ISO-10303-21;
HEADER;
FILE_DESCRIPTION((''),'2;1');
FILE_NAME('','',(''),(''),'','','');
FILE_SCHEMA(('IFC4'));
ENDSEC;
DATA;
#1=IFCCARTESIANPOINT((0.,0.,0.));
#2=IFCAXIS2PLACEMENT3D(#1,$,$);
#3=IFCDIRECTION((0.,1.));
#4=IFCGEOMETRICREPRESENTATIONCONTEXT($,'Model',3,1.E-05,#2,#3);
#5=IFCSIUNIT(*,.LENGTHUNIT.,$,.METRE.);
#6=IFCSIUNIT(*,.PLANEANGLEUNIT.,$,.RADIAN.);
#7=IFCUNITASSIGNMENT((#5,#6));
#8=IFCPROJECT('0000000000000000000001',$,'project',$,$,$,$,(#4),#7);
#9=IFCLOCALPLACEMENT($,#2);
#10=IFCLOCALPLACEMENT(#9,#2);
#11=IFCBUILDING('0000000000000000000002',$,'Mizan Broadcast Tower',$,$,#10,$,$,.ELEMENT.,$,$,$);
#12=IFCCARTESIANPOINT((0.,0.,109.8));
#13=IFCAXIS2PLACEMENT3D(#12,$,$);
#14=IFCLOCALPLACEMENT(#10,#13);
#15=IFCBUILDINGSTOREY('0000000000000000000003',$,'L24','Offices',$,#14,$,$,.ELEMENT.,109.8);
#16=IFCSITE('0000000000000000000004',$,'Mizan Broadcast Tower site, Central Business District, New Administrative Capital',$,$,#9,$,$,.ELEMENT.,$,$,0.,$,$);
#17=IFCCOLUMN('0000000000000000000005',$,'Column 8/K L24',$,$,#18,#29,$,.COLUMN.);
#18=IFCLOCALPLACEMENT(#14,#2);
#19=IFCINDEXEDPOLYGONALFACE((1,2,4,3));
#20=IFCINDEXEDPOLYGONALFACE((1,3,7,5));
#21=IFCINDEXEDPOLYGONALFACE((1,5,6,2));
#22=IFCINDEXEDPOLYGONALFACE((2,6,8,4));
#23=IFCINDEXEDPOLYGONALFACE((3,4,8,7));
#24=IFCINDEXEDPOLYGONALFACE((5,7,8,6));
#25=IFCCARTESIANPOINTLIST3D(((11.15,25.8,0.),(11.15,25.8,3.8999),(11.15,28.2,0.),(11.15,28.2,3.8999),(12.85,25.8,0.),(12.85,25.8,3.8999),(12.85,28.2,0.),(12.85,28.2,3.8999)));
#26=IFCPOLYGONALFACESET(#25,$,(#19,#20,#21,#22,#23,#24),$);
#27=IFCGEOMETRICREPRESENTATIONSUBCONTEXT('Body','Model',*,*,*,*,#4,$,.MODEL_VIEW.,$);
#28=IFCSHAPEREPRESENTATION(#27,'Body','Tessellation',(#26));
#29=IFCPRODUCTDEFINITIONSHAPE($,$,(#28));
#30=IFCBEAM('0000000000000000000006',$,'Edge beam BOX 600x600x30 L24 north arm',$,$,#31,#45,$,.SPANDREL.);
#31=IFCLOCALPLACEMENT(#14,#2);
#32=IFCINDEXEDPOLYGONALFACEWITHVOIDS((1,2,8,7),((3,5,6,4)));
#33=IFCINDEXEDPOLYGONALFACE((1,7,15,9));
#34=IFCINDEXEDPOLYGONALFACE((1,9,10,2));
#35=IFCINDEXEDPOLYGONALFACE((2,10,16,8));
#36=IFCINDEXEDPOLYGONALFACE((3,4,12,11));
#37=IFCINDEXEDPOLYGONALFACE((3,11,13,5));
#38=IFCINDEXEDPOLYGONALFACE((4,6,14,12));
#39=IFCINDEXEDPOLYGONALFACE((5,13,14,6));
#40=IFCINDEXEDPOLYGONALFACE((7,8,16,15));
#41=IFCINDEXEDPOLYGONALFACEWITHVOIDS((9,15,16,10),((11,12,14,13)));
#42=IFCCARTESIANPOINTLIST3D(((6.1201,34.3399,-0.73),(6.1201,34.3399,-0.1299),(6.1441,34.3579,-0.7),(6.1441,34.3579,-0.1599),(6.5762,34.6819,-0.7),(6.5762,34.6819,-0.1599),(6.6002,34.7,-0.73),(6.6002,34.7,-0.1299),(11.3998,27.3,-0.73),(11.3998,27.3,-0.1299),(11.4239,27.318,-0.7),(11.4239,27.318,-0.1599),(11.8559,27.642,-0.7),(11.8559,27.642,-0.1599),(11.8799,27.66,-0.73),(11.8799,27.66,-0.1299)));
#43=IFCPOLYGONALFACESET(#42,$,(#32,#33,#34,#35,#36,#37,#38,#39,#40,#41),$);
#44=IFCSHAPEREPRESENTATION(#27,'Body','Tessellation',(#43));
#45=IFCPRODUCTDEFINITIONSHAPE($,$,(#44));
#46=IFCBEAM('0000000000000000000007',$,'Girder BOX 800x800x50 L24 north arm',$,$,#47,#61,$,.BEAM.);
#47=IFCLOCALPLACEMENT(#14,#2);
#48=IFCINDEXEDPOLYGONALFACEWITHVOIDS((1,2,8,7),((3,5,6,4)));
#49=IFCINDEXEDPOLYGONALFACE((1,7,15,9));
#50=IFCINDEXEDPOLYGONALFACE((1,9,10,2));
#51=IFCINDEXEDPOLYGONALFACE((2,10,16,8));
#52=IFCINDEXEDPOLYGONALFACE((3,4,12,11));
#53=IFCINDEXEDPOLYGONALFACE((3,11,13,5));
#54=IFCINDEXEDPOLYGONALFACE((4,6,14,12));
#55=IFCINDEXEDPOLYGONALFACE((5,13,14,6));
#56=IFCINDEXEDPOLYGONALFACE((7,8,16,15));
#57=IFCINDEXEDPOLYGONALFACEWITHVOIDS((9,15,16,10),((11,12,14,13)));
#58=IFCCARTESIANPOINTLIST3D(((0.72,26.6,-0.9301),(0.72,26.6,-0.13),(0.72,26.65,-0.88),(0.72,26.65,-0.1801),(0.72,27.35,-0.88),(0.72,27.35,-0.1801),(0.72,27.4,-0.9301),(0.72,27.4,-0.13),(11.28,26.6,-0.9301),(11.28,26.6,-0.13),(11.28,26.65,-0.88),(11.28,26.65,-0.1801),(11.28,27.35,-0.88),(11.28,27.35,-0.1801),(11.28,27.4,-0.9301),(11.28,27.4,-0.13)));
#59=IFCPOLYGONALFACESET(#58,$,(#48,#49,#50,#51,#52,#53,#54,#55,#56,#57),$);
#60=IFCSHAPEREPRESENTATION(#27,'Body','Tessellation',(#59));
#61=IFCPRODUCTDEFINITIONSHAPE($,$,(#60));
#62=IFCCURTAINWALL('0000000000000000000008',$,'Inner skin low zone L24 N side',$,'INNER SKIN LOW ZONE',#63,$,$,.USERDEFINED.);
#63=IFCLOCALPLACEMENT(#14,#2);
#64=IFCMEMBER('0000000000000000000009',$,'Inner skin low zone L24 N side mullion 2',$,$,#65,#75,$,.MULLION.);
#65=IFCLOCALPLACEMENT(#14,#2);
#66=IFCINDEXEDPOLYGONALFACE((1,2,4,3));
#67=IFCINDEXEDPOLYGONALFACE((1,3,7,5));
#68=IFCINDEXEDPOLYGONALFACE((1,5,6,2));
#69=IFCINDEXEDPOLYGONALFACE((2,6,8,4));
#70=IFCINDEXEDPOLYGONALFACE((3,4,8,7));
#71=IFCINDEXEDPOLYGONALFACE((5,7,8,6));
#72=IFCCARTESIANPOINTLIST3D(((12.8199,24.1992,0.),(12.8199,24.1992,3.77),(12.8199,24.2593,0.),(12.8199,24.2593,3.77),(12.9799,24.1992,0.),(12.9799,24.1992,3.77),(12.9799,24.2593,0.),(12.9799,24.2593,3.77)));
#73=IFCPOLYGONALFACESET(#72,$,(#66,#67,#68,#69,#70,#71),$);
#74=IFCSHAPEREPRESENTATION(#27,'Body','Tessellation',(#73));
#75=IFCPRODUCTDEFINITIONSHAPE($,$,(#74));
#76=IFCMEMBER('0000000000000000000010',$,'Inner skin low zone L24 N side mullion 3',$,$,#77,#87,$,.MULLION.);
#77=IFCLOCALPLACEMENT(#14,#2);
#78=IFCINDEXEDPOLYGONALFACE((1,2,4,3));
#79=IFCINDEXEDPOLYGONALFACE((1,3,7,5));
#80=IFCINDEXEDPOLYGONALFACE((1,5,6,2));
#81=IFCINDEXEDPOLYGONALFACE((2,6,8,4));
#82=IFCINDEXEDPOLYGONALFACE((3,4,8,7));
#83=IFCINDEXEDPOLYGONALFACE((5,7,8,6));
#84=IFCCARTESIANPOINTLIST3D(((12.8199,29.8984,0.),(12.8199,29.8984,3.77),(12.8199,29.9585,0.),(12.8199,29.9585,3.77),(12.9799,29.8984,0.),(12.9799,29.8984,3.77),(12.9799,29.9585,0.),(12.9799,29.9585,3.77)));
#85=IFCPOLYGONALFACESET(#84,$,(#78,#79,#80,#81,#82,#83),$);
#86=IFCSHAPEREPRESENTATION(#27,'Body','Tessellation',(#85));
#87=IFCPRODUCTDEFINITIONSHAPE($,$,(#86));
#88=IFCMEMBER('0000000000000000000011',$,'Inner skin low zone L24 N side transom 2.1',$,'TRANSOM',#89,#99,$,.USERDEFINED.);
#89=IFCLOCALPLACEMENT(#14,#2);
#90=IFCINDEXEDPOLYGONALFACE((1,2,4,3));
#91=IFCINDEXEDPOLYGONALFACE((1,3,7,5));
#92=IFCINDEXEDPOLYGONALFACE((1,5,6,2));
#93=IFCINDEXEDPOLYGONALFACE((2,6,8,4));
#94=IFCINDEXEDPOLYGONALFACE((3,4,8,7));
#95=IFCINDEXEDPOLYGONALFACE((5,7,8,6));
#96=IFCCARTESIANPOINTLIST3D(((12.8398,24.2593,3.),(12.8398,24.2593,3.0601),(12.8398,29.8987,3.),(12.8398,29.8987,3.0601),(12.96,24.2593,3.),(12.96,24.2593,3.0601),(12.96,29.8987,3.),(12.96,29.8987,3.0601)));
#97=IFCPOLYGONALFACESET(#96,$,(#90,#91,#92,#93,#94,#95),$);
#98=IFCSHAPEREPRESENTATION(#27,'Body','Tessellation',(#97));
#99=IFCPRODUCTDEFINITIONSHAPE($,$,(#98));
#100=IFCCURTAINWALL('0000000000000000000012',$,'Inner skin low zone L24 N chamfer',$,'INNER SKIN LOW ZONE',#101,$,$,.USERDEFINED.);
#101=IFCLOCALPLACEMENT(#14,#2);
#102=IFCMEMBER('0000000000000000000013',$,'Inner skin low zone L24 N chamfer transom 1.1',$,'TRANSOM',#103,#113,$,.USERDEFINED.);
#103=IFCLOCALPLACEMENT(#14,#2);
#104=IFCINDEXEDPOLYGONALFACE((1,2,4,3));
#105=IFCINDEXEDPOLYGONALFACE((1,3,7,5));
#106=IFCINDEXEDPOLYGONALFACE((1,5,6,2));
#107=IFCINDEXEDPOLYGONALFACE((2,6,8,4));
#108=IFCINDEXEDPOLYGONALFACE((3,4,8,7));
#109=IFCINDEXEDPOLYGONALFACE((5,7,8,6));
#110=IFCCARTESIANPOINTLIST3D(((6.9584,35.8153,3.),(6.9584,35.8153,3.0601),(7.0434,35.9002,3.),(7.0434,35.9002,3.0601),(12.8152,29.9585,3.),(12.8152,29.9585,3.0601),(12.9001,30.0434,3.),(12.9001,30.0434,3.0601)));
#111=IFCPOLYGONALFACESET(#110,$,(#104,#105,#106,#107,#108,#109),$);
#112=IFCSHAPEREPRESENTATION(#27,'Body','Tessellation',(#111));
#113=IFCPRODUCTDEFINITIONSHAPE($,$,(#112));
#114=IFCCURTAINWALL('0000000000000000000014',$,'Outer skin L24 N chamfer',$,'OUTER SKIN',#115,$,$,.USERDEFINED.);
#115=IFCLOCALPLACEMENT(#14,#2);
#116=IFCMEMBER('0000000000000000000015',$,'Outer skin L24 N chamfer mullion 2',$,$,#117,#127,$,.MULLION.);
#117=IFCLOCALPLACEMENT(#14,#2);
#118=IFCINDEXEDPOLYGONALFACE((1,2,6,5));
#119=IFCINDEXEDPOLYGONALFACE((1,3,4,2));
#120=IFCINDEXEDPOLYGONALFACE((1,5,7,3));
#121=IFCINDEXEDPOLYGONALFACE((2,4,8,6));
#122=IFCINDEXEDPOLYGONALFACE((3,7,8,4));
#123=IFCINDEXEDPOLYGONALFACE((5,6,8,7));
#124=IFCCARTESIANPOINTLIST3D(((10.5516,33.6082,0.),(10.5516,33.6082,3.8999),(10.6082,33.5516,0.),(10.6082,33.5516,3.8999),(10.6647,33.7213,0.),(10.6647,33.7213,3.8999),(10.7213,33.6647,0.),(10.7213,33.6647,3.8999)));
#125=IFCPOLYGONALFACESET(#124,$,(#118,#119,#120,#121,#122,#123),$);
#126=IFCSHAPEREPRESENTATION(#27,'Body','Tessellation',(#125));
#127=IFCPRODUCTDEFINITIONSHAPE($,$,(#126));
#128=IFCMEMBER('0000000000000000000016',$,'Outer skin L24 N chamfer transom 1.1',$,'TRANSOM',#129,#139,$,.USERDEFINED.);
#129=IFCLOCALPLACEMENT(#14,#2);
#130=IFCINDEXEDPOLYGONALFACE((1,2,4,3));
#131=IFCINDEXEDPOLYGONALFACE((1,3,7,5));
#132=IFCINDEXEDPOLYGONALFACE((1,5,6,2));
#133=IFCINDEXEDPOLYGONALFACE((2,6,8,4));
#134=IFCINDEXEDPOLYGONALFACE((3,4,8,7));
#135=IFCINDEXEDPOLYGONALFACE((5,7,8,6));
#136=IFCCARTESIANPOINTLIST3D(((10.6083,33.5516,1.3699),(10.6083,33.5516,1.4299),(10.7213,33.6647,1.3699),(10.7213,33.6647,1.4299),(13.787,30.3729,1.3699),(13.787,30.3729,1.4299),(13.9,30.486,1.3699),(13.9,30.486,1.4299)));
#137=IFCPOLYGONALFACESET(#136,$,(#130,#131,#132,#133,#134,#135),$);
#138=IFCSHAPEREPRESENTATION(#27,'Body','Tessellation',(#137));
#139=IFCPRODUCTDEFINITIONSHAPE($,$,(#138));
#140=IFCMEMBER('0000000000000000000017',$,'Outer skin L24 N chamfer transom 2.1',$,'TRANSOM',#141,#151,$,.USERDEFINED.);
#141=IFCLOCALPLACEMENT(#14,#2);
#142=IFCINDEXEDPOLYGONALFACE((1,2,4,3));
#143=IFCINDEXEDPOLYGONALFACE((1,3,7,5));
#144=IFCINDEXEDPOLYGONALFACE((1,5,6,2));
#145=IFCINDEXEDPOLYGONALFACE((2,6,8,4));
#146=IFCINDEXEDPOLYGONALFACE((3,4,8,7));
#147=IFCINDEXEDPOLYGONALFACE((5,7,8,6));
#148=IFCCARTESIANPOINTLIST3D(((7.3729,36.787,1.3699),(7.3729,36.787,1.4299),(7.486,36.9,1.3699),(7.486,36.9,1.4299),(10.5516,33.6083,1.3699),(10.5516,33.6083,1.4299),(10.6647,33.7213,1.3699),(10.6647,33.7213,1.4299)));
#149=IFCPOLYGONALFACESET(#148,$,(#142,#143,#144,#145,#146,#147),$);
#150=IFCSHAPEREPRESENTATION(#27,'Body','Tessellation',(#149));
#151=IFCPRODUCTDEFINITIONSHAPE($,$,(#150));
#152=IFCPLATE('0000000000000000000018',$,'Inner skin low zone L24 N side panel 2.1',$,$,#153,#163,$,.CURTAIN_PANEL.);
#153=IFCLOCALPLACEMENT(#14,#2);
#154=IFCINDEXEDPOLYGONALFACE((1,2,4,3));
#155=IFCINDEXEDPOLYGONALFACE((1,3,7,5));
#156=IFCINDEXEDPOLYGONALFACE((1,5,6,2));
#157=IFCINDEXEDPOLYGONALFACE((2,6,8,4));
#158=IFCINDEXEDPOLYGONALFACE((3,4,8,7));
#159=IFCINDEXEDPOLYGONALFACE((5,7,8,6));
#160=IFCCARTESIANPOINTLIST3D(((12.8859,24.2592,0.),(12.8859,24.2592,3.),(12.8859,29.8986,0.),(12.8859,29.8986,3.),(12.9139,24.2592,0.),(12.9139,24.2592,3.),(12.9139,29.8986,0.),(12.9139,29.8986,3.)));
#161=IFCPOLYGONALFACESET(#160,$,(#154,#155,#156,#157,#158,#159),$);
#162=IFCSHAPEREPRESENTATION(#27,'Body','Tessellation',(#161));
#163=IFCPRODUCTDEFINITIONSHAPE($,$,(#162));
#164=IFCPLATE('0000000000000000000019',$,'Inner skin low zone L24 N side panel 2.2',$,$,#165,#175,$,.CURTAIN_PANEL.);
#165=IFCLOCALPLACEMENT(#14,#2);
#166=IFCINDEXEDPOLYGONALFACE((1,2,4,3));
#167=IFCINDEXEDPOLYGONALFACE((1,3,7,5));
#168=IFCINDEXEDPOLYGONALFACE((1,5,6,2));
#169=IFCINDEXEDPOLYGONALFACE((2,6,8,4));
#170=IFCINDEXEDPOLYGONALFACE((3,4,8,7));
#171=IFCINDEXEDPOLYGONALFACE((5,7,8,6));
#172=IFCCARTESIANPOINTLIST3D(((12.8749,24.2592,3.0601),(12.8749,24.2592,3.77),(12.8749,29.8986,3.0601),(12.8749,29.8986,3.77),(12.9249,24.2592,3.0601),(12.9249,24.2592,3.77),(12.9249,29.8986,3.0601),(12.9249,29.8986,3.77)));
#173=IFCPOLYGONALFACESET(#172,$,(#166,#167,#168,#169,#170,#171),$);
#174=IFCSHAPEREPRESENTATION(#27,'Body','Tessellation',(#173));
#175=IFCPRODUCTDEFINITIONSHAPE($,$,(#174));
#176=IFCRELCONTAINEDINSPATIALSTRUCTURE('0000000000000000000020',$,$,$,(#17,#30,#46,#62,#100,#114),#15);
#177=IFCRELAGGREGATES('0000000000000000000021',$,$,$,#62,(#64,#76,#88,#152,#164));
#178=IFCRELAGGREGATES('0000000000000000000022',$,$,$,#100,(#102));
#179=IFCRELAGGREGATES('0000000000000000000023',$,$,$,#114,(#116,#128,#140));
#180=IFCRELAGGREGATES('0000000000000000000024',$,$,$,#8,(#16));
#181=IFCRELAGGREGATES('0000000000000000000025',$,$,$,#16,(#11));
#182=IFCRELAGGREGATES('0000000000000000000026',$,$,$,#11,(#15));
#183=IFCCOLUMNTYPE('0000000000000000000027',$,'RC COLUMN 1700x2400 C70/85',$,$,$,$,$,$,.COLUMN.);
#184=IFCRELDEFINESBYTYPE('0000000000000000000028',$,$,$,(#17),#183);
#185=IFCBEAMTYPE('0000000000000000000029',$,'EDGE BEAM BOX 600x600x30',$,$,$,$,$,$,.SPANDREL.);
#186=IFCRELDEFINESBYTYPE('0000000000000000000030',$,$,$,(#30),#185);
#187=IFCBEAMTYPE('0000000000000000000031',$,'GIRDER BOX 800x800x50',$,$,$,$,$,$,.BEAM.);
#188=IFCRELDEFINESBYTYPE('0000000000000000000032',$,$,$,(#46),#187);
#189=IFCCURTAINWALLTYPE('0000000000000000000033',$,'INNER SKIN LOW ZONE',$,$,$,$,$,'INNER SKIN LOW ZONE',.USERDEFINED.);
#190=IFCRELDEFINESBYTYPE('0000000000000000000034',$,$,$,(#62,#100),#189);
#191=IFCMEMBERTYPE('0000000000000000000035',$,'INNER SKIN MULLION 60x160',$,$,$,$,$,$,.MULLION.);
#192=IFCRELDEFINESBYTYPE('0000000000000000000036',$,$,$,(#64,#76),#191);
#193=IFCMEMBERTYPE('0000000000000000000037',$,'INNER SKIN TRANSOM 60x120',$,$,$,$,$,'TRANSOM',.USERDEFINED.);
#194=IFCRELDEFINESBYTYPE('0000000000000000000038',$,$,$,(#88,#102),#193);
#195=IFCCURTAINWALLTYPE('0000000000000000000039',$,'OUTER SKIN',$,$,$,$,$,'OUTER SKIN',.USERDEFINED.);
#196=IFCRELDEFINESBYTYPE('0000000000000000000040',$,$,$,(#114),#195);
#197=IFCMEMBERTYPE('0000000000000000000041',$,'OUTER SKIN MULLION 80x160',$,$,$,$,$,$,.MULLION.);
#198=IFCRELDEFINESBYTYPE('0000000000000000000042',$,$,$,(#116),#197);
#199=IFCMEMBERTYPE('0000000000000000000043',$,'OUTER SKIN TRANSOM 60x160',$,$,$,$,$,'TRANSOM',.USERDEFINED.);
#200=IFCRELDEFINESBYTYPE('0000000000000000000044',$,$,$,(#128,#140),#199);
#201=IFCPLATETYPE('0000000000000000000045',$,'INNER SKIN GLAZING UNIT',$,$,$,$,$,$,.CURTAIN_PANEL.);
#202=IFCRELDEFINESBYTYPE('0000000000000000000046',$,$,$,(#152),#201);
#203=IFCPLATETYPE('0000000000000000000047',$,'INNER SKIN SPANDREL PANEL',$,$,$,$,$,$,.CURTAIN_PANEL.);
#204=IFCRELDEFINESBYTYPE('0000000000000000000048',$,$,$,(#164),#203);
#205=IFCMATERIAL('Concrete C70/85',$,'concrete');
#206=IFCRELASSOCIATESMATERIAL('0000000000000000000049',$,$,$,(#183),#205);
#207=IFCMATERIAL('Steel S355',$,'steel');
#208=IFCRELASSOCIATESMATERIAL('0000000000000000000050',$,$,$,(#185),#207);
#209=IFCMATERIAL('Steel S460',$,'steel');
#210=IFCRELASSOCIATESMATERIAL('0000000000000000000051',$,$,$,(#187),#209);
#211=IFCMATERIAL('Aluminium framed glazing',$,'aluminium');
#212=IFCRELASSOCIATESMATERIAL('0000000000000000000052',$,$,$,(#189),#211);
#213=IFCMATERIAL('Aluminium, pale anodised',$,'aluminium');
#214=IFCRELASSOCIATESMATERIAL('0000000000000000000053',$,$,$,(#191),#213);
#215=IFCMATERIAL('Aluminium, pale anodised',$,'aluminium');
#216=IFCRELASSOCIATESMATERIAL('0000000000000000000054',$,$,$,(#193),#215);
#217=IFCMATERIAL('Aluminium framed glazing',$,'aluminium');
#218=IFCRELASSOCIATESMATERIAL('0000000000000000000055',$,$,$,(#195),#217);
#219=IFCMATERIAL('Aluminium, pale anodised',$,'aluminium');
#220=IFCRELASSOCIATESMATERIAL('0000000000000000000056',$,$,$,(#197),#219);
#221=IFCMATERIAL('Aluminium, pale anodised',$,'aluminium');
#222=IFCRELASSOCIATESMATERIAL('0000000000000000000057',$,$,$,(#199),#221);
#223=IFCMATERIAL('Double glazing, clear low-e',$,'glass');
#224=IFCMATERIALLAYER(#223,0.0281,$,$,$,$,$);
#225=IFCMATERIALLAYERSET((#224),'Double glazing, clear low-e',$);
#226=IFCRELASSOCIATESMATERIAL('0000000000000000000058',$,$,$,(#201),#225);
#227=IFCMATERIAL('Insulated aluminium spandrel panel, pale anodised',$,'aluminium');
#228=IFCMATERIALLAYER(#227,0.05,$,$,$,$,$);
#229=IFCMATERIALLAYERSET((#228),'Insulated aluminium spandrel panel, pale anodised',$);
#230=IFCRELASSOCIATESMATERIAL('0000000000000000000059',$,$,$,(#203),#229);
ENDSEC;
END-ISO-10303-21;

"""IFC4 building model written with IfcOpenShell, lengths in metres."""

from ifc_helpers import new_model, si_unit, direction, frame, origin, origin_2d, place, context, subcontext, project, spatial, rectangle, hollow_rectangle, extrude, material, layer, layer_set, material_profile, profile_set, type_object, element, aggregate, save


model = new_model("IFC4")

# Units and contexts
model_context = context("Model", 3, precision=1e-05, world=origin(), true_north=direction((0.0, 1.0)))
body_context = subcontext(model_context, "Body", "Model", "MODEL_VIEW")
ifc_project = project(units=[si_unit("LENGTHUNIT", "METRE"), si_unit("PLANEANGLEUNIT", "RADIAN")], contexts=[model_context])

# Site, building, storey
site_placement = place(None, origin())
site = spatial("IfcSite", under=ifc_project, at=site_placement, Name="Mizan Broadcast Tower site, Central Business District, New Administrative Capital", CompositionType="ELEMENT", RefElevation=0.0)
building_placement = place(site_placement, origin())
building = spatial("IfcBuilding", under=site, at=building_placement, Name="Mizan Broadcast Tower", CompositionType="ELEMENT")
storey_placement = place(building_placement, frame((0.0, 0.0, 109.8)))
storey = spatial("IfcBuildingStorey", under=building, at=storey_placement, Name="L24", Description="Offices", CompositionType="ELEMENT", Elevation=109.8)

# Column
ifc_material_1 = material(Name="Concrete C70/85", Category="concrete")
ifc_material_profile_1 = material_profile(ifc_material_1, rectangle(XDim=1.7, YDim=2.3999, at=origin_2d()), Name="RC 1700x2400")
ifc_profile_set_1 = profile_set([ifc_material_profile_1], Name="Concrete C70/85")
column_type = type_object("IfcColumnType", Name="RC COLUMN 1700x2400 C70/85", PredefinedType="COLUMN", material=ifc_profile_set_1)
column_placement = place(storey_placement, frame((12.0, 27.0, 0.0), z_axis=(0.0, 0.0, 1.0), x_axis=(1.0, 0.0, 0.0)))
element("IfcColumn", 1, at=column_placement, inside=storey, type_object=column_type, Name="Column 8/K L24", PredefinedType="COLUMN", context=body_context, shape_type="SweptSolid", body=[
    extrude(rectangle(XDim=1.7, YDim=2.3999, at=origin_2d()), origin(), (0.0, 0.0, 1.0), 3.8999),
])

# Beams
ifc_material_2 = material(Name="Steel S355", Category="steel")
ifc_material_profile_2 = material_profile(ifc_material_2, hollow_rectangle(XDim=0.6001, YDim=0.6001, WallThickness=0.03, at=origin_2d()), Name="BOX 600x600x30")
ifc_profile_set_2 = profile_set([ifc_material_profile_2], Name="Steel S355")
beam_type_1 = type_object("IfcBeamType", Name="EDGE BEAM BOX 600x600x30", PredefinedType="SPANDREL", material=ifc_profile_set_2)
beam_1_placement = place(storey_placement, frame((11.6399, 27.48, -0.4299), z_axis=(-0.599982, 0.800013, 0.0), x_axis=(-0.800013, -0.599982, 0.0)))
element("IfcBeam", 2, at=beam_1_placement, inside=storey, type_object=beam_type_1, Name="Edge beam BOX 600x600x30 L24 north arm", PredefinedType="SPANDREL", context=body_context, shape_type="SweptSolid", body=[
    extrude(hollow_rectangle(XDim=0.6001, YDim=0.6001, WallThickness=0.03, at=origin_2d()), origin(), (0.0, 0.0, 1.0), 8.7998),
])
ifc_material_3 = material(Name="Steel S460", Category="steel")
ifc_material_profile_3 = material_profile(ifc_material_3, hollow_rectangle(XDim=0.8, YDim=0.8, WallThickness=0.05, at=origin_2d()), Name="BOX 800x800x50")
ifc_profile_set_3 = profile_set([ifc_material_profile_3], Name="Steel S460")
beam_type_2 = type_object("IfcBeamType", Name="GIRDER BOX 800x800x50", PredefinedType="BEAM", material=ifc_profile_set_3)
beam_2_placement = place(storey_placement, frame((11.28, 27.0, -0.53), z_axis=(-1.0, 0.0, 0.0), x_axis=(0.0, -1.0, 0.0)))
element("IfcBeam", 3, at=beam_2_placement, inside=storey, type_object=beam_type_2, Name="Girder BOX 800x800x50 L24 north arm", PredefinedType="BEAM", context=body_context, shape_type="SweptSolid", body=[
    extrude(hollow_rectangle(XDim=0.8, YDim=0.8, WallThickness=0.05, at=origin_2d()), origin(), (0.0, 0.0, 1.0), 10.5601),
])

# Curtain wall, members
ifc_material_4 = material(Name="Aluminium framed glazing", Category="aluminium")
curtain_wall_type_1 = type_object("IfcCurtainWallType", Name="INNER SKIN LOW ZONE", ElementType="INNER SKIN LOW ZONE", PredefinedType="USERDEFINED", material=ifc_material_4)
curtain_wall_1_placement = place(storey_placement, origin())
curtain_wall_1 = element("IfcCurtainWall", 4, at=curtain_wall_1_placement, inside=storey, type_object=curtain_wall_type_1, Name="Inner skin low zone L24 N side", ObjectType="INNER SKIN LOW ZONE", PredefinedType="USERDEFINED")
ifc_material_5 = material(Name="Aluminium, pale anodised", Category="aluminium")
ifc_material_profile_4 = material_profile(ifc_material_5, rectangle(XDim=0.1599, YDim=0.0601, at=origin_2d()), Name="MULLION 160x60")
ifc_profile_set_4 = profile_set([ifc_material_profile_4], Name="Aluminium, pale anodised")
member_type_1 = type_object("IfcMemberType", Name="INNER SKIN MULLION 60x160", PredefinedType="MULLION", material=ifc_profile_set_4)
member_1_placement = place(storey_placement, frame((12.8999, 24.2292, 0.0), z_axis=(0.0, 0.0, 1.0), x_axis=(-1.0, 0.0, 0.0)))
member_1 = element("IfcMember", 5, at=member_1_placement, type_object=member_type_1, Name="Inner skin low zone L24 N side mullion 2", PredefinedType="MULLION", context=body_context, shape_type="SweptSolid", body=[
    extrude(rectangle(XDim=0.1599, YDim=0.0601, at=origin_2d()), origin(), (0.0, 0.0, 1.0), 3.77),
])
member_2_placement = place(storey_placement, frame((12.8999, 29.9285, 0.0), z_axis=(0.0, 0.0, 1.0), x_axis=(-1.0, 0.0, 0.0)))
member_2 = element("IfcMember", 6, at=member_2_placement, type_object=member_type_1, Name="Inner skin low zone L24 N side mullion 3", PredefinedType="MULLION", context=body_context, shape_type="SweptSolid", body=[
    extrude(rectangle(XDim=0.1599, YDim=0.0601, at=origin_2d()), origin(), (0.0, 0.0, 1.0), 3.77),
])
ifc_material_6 = material(Name="Aluminium, pale anodised", Category="aluminium")
ifc_material_profile_5 = material_profile(ifc_material_6, rectangle(XDim=0.1201, YDim=0.0601, at=origin_2d()), Name="TRANSOM 120x60")
ifc_profile_set_5 = profile_set([ifc_material_profile_5], Name="Aluminium, pale anodised")
member_type_2 = type_object("IfcMemberType", Name="INNER SKIN TRANSOM 60x120", ElementType="TRANSOM", PredefinedType="USERDEFINED", material=ifc_profile_set_5)
member_3_placement = place(storey_placement, frame((12.8999, 24.2593, 3.03), z_axis=(0.0, 1.0, 0.0), x_axis=(-1.0, 0.0, 0.0)))
member_3 = element("IfcMember", 7, at=member_3_placement, type_object=member_type_2, Name="Inner skin low zone L24 N side transom 2.1", ObjectType="TRANSOM", PredefinedType="USERDEFINED", context=body_context, shape_type="SweptSolid", body=[
    extrude(rectangle(XDim=0.1201, YDim=0.0601, at=origin_2d()), origin(), (0.0, 0.0, 1.0), 5.6394),
])

# Curtain wall, member
curtain_wall_2_placement = place(storey_placement, origin())
curtain_wall_2 = element("IfcCurtainWall", 8, at=curtain_wall_2_placement, inside=storey, type_object=curtain_wall_type_1, Name="Inner skin low zone L24 N chamfer", ObjectType="INNER SKIN LOW ZONE", PredefinedType="USERDEFINED")
member_4_placement = place(storey_placement, frame((12.8577, 30.001, 3.03), z_axis=(-0.707107, 0.707107, 0.0), x_axis=(-0.707107, -0.707107, 0.0)))
member_4 = element("IfcMember", 9, at=member_4_placement, type_object=member_type_2, Name="Inner skin low zone L24 N chamfer transom 1.1", ObjectType="TRANSOM", PredefinedType="USERDEFINED", context=body_context, shape_type="SweptSolid", body=[
    extrude(rectangle(XDim=0.1201, YDim=0.0601, at=origin_2d()), origin(), (0.0, 0.0, 1.0), 8.2827),
])

# Curtain wall, members
ifc_material_7 = material(Name="Aluminium framed glazing", Category="aluminium")
curtain_wall_type_2 = type_object("IfcCurtainWallType", Name="OUTER SKIN", ElementType="OUTER SKIN", PredefinedType="USERDEFINED", material=ifc_material_7)
curtain_wall_3_placement = place(storey_placement, origin())
curtain_wall_3 = element("IfcCurtainWall", 10, at=curtain_wall_3_placement, inside=storey, type_object=curtain_wall_type_2, Name="Outer skin L24 N chamfer", ObjectType="OUTER SKIN", PredefinedType="USERDEFINED")
ifc_material_8 = material(Name="Aluminium, pale anodised", Category="aluminium")
ifc_material_profile_6 = material_profile(ifc_material_8, rectangle(XDim=0.1599, YDim=0.0801, at=origin_2d()), Name="MULLION 160x80")
ifc_profile_set_6 = profile_set([ifc_material_profile_6], Name="Aluminium, pale anodised")
member_type_3 = type_object("IfcMemberType", Name="OUTER SKIN MULLION 80x160", PredefinedType="MULLION", material=ifc_profile_set_6)
member_5_placement = place(storey_placement, frame((10.6365, 33.6365, 0.0), z_axis=(0.0, 0.0, 1.0), x_axis=(-0.707107, -0.707107, 0.0)))
member_5 = element("IfcMember", 11, at=member_5_placement, type_object=member_type_3, Name="Outer skin L24 N chamfer mullion 2", PredefinedType="MULLION", context=body_context, shape_type="SweptSolid", body=[
    extrude(rectangle(XDim=0.1599, YDim=0.0801, at=origin_2d()), origin(), (0.0, 0.0, 1.0), 3.8999),
])
ifc_material_9 = material(Name="Aluminium, pale anodised", Category="aluminium")
ifc_material_profile_7 = material_profile(ifc_material_9, rectangle(XDim=0.1599, YDim=0.0601, at=origin_2d()), Name="TRANSOM 160x60")
ifc_profile_set_7 = profile_set([ifc_material_profile_7], Name="Aluminium, pale anodised")
member_type_4 = type_object("IfcMemberType", Name="OUTER SKIN TRANSOM 60x160", ElementType="TRANSOM", PredefinedType="USERDEFINED", material=ifc_profile_set_7)
member_6_placement = place(storey_placement, frame((13.8435, 30.4294, 1.3999), z_axis=(-0.707107, 0.707107, 0.0), x_axis=(-0.707107, -0.707107, 0.0)))
member_6 = element("IfcMember", 12, at=member_6_placement, type_object=member_type_4, Name="Outer skin L24 N chamfer transom 1.1", ObjectType="TRANSOM", PredefinedType="USERDEFINED", context=body_context, shape_type="SweptSolid", body=[
    extrude(rectangle(XDim=0.1599, YDim=0.0601, at=origin_2d()), origin(), (0.0, 0.0, 1.0), 4.4954),
])
member_7_placement = place(storey_placement, frame((10.6082, 33.6648, 1.3999), z_axis=(-0.707107, 0.707107, 0.0), x_axis=(-0.707107, -0.707107, 0.0)))
member_7 = element("IfcMember", 13, at=member_7_placement, type_object=member_type_4, Name="Outer skin L24 N chamfer transom 2.1", ObjectType="TRANSOM", PredefinedType="USERDEFINED", context=body_context, shape_type="SweptSolid", body=[
    extrude(rectangle(XDim=0.1599, YDim=0.0601, at=origin_2d()), origin(), (0.0, 0.0, 1.0), 4.4954),
])

# Plates
ifc_material_10 = material(Name="Double glazing, clear low-e", Category="glass")
ifc_layer_1 = layer(ifc_material_10, 0.0281)
ifc_layer_set_1 = layer_set([ifc_layer_1], Name="Double glazing, clear low-e")
plate_type_1 = type_object("IfcPlateType", Name="INNER SKIN GLAZING UNIT", PredefinedType="CURTAIN_PANEL", material=ifc_layer_set_1)
plate_1_placement = place(storey_placement, frame((12.8999, 27.0789, 0.0), z_axis=(0.0, 0.0, 1.0), x_axis=(0.0, 1.0, 0.0)))
plate_1 = element("IfcPlate", 14, at=plate_1_placement, type_object=plate_type_1, Name="Inner skin low zone L24 N side panel 2.1", PredefinedType="CURTAIN_PANEL", context=body_context, shape_type="SweptSolid", body=[
    extrude(rectangle(XDim=5.6394, YDim=0.0281, at=origin_2d()), origin(), (0.0, 0.0, 1.0), 3.0),
])
ifc_material_11 = material(Name="Insulated aluminium spandrel panel, pale anodised", Category="aluminium")
ifc_layer_2 = layer(ifc_material_11, 0.05)
ifc_layer_set_2 = layer_set([ifc_layer_2], Name="Insulated aluminium spandrel panel, pale anodised")
plate_type_2 = type_object("IfcPlateType", Name="INNER SKIN SPANDREL PANEL", PredefinedType="CURTAIN_PANEL", material=ifc_layer_set_2)
plate_2_placement = place(storey_placement, frame((12.8999, 27.0789, 3.0601), z_axis=(0.0, 0.0, 1.0), x_axis=(0.0, 1.0, 0.0)))
plate_2 = element("IfcPlate", 15, at=plate_2_placement, type_object=plate_type_2, Name="Inner skin low zone L24 N side panel 2.2", PredefinedType="CURTAIN_PANEL", context=body_context, shape_type="SweptSolid", body=[
    extrude(rectangle(XDim=5.6394, YDim=0.05, at=origin_2d()), origin(), (0.0, 0.0, 1.0), 0.71),
])
aggregate(curtain_wall_1, [member_1, member_2, member_3, plate_1, plate_2])
aggregate(curtain_wall_2, [member_4])
aggregate(curtain_wall_3, [member_5, member_6, member_7])

save(model, "model.ifc")
